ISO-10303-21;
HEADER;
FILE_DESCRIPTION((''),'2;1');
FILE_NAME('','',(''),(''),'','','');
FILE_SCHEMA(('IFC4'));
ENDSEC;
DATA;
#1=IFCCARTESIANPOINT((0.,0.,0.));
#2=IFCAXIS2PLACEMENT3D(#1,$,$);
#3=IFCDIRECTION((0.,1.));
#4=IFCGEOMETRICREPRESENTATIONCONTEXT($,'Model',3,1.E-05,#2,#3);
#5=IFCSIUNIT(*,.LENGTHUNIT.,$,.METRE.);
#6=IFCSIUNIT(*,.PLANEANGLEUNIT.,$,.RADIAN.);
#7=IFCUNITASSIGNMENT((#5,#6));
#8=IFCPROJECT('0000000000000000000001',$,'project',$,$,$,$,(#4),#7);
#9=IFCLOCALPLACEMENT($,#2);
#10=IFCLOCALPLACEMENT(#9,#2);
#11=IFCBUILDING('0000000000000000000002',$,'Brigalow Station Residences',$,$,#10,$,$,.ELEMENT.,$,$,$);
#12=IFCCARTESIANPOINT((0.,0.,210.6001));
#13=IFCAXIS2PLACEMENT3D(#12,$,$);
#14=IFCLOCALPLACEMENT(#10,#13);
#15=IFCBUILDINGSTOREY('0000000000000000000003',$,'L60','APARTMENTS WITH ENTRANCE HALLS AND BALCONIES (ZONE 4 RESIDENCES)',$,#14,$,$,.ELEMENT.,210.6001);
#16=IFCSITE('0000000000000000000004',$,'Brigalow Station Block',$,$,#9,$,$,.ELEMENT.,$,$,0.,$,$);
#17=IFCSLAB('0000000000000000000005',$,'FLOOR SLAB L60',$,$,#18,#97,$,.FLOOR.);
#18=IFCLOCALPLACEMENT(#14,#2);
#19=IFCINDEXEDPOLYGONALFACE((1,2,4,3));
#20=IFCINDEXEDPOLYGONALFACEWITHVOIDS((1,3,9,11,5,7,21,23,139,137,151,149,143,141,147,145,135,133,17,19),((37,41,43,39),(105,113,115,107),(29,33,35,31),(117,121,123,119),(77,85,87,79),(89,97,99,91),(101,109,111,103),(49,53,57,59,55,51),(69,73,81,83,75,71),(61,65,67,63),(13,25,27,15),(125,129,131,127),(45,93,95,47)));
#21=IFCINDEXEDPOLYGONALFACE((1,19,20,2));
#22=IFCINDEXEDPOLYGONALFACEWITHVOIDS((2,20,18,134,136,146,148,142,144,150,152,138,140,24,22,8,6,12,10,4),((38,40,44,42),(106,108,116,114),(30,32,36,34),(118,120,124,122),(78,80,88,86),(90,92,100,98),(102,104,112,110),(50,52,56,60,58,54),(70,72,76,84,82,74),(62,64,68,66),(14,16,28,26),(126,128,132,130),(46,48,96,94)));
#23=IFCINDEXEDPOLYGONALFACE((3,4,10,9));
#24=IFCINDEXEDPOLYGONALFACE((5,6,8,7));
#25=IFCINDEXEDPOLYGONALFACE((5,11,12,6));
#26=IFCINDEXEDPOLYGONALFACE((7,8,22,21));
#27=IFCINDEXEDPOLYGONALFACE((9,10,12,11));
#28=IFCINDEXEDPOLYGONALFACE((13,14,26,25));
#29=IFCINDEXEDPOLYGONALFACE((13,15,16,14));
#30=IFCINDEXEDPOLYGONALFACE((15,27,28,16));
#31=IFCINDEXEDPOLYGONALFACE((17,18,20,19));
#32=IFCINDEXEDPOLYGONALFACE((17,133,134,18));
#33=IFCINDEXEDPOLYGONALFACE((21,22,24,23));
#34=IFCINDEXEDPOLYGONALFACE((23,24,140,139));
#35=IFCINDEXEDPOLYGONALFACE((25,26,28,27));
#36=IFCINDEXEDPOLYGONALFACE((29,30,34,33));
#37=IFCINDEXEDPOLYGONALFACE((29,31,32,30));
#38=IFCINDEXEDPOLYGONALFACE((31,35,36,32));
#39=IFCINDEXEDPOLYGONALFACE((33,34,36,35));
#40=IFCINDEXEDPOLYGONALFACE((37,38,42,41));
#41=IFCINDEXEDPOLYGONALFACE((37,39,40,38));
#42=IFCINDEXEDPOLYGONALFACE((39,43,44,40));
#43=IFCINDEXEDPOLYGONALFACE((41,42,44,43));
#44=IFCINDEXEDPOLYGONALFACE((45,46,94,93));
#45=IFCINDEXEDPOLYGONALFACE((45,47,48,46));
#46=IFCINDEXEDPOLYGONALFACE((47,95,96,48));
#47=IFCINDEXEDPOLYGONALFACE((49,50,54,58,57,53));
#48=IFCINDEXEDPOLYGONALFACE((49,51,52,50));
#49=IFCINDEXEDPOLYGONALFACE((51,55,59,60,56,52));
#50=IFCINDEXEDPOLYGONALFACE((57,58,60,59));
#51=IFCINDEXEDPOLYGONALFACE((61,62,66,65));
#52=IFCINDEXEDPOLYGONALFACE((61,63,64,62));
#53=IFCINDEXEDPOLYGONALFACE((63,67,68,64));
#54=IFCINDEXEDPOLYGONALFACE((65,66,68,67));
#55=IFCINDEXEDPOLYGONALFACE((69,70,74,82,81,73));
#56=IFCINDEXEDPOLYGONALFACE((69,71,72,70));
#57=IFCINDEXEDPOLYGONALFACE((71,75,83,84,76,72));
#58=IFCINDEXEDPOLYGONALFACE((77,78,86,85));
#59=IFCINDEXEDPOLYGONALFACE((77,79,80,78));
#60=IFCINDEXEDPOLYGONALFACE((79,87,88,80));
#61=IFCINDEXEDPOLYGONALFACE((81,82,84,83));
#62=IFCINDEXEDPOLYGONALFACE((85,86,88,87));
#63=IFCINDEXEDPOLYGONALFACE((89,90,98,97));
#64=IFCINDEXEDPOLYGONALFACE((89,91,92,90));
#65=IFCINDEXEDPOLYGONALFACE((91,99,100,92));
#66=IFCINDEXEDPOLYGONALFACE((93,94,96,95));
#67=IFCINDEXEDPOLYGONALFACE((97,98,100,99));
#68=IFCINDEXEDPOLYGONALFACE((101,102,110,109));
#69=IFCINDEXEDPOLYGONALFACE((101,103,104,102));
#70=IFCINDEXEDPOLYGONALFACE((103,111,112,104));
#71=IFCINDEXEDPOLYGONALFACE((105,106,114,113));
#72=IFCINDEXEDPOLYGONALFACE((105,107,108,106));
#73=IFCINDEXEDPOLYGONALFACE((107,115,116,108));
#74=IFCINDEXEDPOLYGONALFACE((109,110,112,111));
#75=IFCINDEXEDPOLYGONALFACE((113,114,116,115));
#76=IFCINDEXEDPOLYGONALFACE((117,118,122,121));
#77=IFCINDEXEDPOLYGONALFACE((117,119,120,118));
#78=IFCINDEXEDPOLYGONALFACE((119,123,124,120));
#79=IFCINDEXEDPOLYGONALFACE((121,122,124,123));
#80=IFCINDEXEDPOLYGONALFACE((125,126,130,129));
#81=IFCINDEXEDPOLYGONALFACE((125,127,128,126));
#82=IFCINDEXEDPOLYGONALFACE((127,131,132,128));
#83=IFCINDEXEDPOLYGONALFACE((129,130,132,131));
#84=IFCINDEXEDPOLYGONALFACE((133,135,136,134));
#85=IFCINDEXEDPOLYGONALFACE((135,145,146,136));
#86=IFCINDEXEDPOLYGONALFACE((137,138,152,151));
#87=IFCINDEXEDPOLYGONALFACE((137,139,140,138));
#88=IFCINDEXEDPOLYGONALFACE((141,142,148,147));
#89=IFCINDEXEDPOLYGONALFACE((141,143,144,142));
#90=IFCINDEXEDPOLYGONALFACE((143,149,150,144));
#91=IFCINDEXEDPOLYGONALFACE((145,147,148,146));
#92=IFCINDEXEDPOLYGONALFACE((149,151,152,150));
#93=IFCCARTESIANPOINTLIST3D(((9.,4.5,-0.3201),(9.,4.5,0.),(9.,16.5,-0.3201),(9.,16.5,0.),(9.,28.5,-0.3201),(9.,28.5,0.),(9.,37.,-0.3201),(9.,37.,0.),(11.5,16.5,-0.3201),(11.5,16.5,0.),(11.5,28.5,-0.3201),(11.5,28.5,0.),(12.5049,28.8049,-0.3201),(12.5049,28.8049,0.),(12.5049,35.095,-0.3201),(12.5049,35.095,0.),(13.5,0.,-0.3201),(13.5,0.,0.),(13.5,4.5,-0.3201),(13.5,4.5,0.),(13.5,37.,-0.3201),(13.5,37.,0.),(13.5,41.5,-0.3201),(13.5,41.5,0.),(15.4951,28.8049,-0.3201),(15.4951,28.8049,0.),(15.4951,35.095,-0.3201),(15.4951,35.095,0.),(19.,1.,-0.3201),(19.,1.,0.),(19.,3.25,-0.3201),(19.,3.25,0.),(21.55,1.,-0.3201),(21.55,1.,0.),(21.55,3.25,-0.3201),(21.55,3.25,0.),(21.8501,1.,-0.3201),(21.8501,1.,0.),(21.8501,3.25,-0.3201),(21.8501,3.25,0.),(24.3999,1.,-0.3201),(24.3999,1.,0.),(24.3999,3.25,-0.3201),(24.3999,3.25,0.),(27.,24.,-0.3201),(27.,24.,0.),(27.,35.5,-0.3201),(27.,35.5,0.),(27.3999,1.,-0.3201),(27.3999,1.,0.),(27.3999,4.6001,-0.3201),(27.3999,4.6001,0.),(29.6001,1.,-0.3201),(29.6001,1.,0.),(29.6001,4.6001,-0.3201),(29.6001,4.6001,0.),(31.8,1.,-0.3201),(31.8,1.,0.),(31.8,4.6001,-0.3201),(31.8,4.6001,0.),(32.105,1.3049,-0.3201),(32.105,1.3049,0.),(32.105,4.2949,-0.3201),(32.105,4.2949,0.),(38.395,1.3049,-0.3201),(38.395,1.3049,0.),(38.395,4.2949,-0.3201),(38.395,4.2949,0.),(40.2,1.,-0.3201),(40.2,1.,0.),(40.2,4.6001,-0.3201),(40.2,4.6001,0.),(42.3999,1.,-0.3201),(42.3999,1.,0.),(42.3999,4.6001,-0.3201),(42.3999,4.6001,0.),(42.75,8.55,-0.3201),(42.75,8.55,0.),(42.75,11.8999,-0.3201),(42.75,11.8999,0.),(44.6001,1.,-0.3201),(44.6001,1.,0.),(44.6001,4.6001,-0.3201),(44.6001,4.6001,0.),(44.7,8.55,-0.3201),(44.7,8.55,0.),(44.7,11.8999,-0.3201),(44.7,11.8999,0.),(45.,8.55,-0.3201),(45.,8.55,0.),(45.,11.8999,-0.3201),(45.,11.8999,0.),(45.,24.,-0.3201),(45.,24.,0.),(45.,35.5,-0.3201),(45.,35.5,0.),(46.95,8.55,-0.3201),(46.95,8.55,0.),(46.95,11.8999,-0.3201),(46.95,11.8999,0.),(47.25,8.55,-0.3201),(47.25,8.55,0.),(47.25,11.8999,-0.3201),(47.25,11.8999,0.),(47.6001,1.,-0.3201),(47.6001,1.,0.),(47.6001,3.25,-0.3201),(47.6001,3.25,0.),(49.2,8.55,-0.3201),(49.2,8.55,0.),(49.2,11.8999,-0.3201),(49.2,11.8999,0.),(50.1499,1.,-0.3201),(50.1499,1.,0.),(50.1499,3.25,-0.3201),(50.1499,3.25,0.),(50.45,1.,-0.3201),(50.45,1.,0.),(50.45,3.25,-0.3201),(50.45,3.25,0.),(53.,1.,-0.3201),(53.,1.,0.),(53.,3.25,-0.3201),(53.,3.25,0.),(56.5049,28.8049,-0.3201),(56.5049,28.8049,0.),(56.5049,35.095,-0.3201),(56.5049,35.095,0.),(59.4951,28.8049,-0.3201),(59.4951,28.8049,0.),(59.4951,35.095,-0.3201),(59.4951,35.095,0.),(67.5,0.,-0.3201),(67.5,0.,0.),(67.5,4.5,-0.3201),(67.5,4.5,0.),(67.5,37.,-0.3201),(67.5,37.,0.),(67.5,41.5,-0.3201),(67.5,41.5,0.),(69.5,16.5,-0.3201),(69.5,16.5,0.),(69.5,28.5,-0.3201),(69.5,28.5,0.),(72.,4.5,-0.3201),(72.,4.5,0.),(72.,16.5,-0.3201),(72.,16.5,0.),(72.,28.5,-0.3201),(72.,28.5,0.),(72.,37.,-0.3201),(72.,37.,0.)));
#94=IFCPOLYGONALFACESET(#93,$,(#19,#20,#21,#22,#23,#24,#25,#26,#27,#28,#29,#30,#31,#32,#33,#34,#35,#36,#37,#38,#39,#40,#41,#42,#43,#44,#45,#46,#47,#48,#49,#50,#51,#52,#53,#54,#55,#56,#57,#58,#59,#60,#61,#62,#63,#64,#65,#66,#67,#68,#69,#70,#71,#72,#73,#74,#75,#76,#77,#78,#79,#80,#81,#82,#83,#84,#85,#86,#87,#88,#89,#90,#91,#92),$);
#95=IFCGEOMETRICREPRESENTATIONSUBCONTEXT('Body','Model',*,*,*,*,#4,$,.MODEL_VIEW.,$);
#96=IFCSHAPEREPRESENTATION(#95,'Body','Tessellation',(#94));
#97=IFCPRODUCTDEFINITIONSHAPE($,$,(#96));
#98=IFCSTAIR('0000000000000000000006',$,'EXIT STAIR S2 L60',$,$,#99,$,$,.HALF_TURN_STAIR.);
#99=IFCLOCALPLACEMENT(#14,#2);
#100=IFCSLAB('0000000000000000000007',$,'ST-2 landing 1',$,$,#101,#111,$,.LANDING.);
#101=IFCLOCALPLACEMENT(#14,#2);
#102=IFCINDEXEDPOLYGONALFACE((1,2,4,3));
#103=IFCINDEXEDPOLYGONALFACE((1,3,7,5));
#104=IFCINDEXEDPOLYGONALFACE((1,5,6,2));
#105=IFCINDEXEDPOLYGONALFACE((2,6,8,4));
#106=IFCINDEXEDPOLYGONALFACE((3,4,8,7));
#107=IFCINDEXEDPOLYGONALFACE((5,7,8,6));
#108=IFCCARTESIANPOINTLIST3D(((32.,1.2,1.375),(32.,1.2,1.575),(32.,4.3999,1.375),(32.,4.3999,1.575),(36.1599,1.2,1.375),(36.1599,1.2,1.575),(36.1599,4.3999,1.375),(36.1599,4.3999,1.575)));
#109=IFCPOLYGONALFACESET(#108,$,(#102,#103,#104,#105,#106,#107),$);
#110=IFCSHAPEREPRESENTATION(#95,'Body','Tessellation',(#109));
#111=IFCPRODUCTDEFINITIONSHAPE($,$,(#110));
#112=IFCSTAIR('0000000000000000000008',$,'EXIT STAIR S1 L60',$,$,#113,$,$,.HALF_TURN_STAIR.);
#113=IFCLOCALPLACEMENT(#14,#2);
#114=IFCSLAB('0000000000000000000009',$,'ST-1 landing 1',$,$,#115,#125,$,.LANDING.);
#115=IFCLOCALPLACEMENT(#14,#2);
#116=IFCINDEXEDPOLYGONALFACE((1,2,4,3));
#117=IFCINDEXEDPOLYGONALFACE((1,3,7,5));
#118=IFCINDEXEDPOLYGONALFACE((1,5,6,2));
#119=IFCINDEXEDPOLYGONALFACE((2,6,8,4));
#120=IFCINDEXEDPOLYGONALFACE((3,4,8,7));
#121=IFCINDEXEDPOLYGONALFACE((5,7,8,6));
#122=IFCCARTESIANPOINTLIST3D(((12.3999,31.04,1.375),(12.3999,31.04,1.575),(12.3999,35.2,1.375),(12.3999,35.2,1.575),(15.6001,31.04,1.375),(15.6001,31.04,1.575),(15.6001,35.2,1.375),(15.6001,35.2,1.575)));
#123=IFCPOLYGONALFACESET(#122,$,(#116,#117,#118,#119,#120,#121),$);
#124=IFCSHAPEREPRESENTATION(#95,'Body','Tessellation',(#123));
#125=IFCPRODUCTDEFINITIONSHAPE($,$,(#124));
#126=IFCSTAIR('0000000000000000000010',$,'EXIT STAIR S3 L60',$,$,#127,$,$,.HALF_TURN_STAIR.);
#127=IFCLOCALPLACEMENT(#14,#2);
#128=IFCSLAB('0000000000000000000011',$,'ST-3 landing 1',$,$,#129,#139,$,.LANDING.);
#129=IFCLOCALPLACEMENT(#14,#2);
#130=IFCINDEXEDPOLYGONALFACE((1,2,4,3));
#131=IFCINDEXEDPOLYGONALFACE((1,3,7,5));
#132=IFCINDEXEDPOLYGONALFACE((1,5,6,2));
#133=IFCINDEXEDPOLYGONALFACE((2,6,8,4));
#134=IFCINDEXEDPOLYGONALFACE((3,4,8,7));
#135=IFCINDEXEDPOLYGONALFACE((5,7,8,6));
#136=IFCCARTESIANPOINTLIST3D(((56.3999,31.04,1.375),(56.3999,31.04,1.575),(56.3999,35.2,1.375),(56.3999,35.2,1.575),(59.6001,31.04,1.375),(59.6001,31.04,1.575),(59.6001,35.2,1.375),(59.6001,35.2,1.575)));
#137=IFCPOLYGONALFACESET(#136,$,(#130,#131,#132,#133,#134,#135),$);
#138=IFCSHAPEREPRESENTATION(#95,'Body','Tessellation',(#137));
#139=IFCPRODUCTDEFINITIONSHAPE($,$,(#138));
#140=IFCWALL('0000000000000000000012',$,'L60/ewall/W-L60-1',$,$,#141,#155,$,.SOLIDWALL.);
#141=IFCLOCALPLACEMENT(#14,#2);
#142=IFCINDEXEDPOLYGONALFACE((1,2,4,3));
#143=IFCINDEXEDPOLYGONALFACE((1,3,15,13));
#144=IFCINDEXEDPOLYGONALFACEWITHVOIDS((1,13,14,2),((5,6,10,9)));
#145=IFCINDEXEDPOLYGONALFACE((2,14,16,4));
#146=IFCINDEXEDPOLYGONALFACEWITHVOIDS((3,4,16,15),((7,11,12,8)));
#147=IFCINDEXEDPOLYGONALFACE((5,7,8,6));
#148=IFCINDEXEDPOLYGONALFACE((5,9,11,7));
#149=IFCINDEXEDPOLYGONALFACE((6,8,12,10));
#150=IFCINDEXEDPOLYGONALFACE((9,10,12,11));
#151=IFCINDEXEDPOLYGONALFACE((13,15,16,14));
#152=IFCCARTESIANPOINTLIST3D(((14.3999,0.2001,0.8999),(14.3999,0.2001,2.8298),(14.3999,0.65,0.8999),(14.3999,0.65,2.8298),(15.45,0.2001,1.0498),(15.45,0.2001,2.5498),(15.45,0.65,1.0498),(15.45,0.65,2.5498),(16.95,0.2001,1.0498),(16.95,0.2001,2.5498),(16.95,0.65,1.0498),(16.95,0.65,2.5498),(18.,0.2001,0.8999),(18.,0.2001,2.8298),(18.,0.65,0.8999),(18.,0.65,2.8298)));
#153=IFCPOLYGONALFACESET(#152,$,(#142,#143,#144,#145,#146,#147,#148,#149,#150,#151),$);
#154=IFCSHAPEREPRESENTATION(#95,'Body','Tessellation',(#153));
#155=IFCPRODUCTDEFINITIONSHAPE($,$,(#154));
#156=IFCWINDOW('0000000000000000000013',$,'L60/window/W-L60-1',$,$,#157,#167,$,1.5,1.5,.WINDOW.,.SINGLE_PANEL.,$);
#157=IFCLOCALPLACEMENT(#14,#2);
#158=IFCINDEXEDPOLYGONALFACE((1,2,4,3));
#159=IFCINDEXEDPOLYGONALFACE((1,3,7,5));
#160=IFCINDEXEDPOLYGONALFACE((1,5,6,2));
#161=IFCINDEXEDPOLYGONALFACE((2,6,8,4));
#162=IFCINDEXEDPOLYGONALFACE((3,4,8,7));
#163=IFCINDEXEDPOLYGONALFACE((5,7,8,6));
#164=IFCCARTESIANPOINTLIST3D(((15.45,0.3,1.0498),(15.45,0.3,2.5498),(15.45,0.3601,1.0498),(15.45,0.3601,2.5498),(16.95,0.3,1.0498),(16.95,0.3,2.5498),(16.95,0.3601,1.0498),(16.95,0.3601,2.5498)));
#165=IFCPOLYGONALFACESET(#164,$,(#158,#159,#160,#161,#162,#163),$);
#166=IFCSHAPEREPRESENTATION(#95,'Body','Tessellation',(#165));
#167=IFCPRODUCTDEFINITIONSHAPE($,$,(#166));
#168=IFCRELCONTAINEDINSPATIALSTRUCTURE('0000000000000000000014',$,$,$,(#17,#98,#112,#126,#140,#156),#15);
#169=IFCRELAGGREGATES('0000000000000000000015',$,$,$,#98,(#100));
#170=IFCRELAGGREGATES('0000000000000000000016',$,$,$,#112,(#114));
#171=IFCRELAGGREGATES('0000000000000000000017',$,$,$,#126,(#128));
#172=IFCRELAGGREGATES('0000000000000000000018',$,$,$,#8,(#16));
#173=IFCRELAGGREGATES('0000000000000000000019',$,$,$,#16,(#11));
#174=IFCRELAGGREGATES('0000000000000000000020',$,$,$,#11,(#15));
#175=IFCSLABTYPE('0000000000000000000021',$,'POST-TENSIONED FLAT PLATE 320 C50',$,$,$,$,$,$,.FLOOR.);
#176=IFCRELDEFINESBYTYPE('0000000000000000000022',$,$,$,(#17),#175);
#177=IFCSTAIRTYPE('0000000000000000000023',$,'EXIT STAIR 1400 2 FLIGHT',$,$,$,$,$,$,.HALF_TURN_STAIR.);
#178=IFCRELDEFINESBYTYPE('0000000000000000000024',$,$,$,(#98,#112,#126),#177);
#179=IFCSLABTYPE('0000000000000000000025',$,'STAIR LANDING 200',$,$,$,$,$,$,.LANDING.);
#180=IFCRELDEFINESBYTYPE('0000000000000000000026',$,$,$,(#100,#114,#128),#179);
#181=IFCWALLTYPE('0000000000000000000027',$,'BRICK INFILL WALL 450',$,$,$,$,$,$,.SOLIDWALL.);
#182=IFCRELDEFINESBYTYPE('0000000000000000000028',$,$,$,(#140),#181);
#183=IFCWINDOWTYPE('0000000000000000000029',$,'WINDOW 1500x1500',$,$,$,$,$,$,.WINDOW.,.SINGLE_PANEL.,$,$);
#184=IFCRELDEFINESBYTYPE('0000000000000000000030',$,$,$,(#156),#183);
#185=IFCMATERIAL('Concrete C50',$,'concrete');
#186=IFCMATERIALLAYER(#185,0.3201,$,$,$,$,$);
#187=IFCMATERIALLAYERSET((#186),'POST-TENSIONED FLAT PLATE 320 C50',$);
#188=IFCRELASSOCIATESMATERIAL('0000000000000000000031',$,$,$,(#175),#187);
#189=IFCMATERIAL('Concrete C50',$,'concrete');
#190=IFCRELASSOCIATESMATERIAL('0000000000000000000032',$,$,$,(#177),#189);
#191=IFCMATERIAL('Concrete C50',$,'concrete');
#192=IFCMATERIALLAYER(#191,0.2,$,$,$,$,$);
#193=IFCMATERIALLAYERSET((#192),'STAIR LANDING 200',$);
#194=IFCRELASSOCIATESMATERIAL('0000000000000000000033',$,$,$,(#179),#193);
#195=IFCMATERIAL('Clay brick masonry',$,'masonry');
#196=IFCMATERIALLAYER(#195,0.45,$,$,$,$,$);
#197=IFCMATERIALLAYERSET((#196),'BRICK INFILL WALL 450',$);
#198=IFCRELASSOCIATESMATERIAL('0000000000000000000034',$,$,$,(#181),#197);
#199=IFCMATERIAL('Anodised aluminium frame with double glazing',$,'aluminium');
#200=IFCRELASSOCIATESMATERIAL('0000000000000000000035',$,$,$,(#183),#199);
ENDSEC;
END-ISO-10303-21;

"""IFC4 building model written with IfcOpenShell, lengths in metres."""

from ifc_helpers import new_model, si_unit, direction, frame, frame_2d, origin, place, context, subcontext, project, spatial, polyline, rectangle, outline, extrude, material, layer, layer_set, type_object, element, fill, aggregate, save


model = new_model("IFC4")

# Units and contexts
model_context = context("Model", 3, precision=1e-05, world=origin(), true_north=direction((0.0, 1.0)))
body_context = subcontext(model_context, "Body", "Model", "MODEL_VIEW")
ifc_project = project(units=[si_unit("LENGTHUNIT", "METRE"), si_unit("PLANEANGLEUNIT", "RADIAN")], contexts=[model_context])

# Site, building, storey
site_placement = place(None, origin())
site = spatial("IfcSite", under=ifc_project, at=site_placement, Name="Brigalow Station Block", CompositionType="ELEMENT", RefElevation=0.0)
building_placement = place(site_placement, origin())
building = spatial("IfcBuilding", under=site, at=building_placement, Name="Brigalow Station Residences", CompositionType="ELEMENT")
storey_placement = place(building_placement, frame((0.0, 0.0, 210.6001)))
storey = spatial("IfcBuildingStorey", under=building, at=storey_placement, Name="L60", Description="APARTMENTS WITH ENTRANCE HALLS AND BALCONIES (ZONE 4 RESIDENCES)", CompositionType="ELEMENT", Elevation=210.6001)

# Slab
ifc_material_1 = material(Name="Concrete C50", Category="concrete")
ifc_layer_1 = layer(ifc_material_1, 0.3201)
ifc_layer_set_1 = layer_set([ifc_layer_1], Name="POST-TENSIONED FLAT PLATE 320 C50")
slab_type_1 = type_object("IfcSlabType", Name="POST-TENSIONED FLAT PLATE 320 C50", PredefinedType="FLOOR", material=ifc_layer_set_1)
slab_1_placement = place(storey_placement, frame((0.0, 0.0, -0.3201)))
element("IfcSlab", 1, at=slab_1_placement, inside=storey, type_object=slab_type_1, Name="FLOOR SLAB L60", PredefinedType="FLOOR", context=body_context, shape_type="SweptSolid", body=[
    extrude(outline(polyline([(13.5, 0.0), (67.5, 0.0), (67.5, 4.5), (72.0, 4.5), (72.0, 16.5), (69.5, 16.5), (69.5, 28.5), (72.0, 28.5), (72.0, 37.0), (67.5, 37.0), (67.5, 41.5), (13.5, 41.5), (13.5, 37.0), (9.0, 37.0), (9.0, 28.5), (11.5, 28.5), (11.5, 16.5), (9.0, 16.5), (9.0, 4.5), (13.5, 4.5), (13.5, 0.0)]), holes=[polyline([(12.5049, 35.095), (15.4951, 35.095), (15.4951, 28.8049), (12.5049, 28.8049), (12.5049, 35.095)]), polyline([(19.0, 1.0), (19.0, 3.25), (21.55, 3.25), (21.55, 1.0), (19.0, 1.0)]), polyline([(21.8501, 3.25), (24.3999, 3.25), (24.3999, 1.0), (21.8501, 1.0), (21.8501, 3.25)]), polyline([(27.0, 35.5), (45.0, 35.5), (45.0, 24.0), (27.0, 24.0), (27.0, 35.5)]), polyline([(29.6001, 4.6001), (31.8, 4.6001), (31.8, 1.0), (29.6001, 1.0), (27.3999, 1.0), (27.3999, 4.6001), (29.6001, 4.6001)]), polyline([(32.105, 4.2949), (38.395, 4.2949), (38.395, 1.3049), (32.105, 1.3049), (32.105, 4.2949)]), polyline([(40.2, 4.6001), (42.3999, 4.6001), (44.6001, 4.6001), (44.6001, 1.0), (42.3999, 1.0), (40.2, 1.0), (40.2, 4.6001)]), polyline([(42.75, 11.8999), (44.7, 11.8999), (44.7, 8.55), (42.75, 8.55), (42.75, 11.8999)]), polyline([(45.0, 11.8999), (46.95, 11.8999), (46.95, 8.55), (45.0, 8.55), (45.0, 11.8999)]), polyline([(47.25, 11.8999), (49.2, 11.8999), (49.2, 8.55), (47.25, 8.55), (47.25, 11.8999)]), polyline([(47.6001, 3.25), (50.1499, 3.25), (50.1499, 1.0), (47.6001, 1.0), (47.6001, 3.25)]), polyline([(50.45, 3.25), (53.0, 3.25), (53.0, 1.0), (50.45, 1.0), (50.45, 3.25)]), polyline([(56.5049, 35.095), (59.4951, 35.095), (59.4951, 28.8049), (56.5049, 28.8049), (56.5049, 35.095)])]), origin(), (0.0, 0.0, 1.0), 0.3201),
])

# Stairs, slabs
ifc_material_2 = material(Name="Concrete C50", Category="concrete")
stair_type = type_object("IfcStairType", Name="EXIT STAIR 1400 2 FLIGHT", PredefinedType="HALF_TURN_STAIR", material=ifc_material_2)
stair_1_placement = place(storey_placement, origin())
stair_1 = element("IfcStair", 2, at=stair_1_placement, inside=storey, type_object=stair_type, Name="EXIT STAIR S2 L60", PredefinedType="HALF_TURN_STAIR")
ifc_material_3 = material(Name="Concrete C50", Category="concrete")
ifc_layer_2 = layer(ifc_material_3, 0.2)
ifc_layer_set_2 = layer_set([ifc_layer_2], Name="STAIR LANDING 200")
slab_type_2 = type_object("IfcSlabType", Name="STAIR LANDING 200", PredefinedType="LANDING", material=ifc_layer_set_2)
slab_2_placement = place(storey_placement, frame((0.0, 0.0, 1.375)))
slab_2 = element("IfcSlab", 3, at=slab_2_placement, type_object=slab_type_2, Name="ST-2 landing 1", PredefinedType="LANDING", context=body_context, shape_type="SweptSolid", body=[
    extrude(outline(polyline([(32.0, 1.2), (36.1599, 1.2), (36.1599, 4.3999), (32.0, 4.3999), (32.0, 1.2)])), origin(), (0.0, 0.0, 1.0), 0.2),
])
aggregate(stair_1, [slab_2])
stair_2_placement = place(storey_placement, origin())
stair_2 = element("IfcStair", 4, at=stair_2_placement, inside=storey, type_object=stair_type, Name="EXIT STAIR S1 L60", PredefinedType="HALF_TURN_STAIR")
slab_3_placement = place(storey_placement, frame((0.0, 0.0, 1.375)))
slab_3 = element("IfcSlab", 5, at=slab_3_placement, type_object=slab_type_2, Name="ST-1 landing 1", PredefinedType="LANDING", context=body_context, shape_type="SweptSolid", body=[
    extrude(outline(polyline([(12.3999, 31.04), (15.6001, 31.04), (15.6001, 35.2), (12.3999, 35.2), (12.3999, 31.04)])), origin(), (0.0, 0.0, 1.0), 0.2),
])
aggregate(stair_2, [slab_3])
stair_3_placement = place(storey_placement, origin())
stair_3 = element("IfcStair", 6, at=stair_3_placement, inside=storey, type_object=stair_type, Name="EXIT STAIR S3 L60", PredefinedType="HALF_TURN_STAIR")
slab_4_placement = place(storey_placement, frame((0.0, 0.0, 1.375)))
slab_4 = element("IfcSlab", 7, at=slab_4_placement, type_object=slab_type_2, Name="ST-3 landing 1", PredefinedType="LANDING", context=body_context, shape_type="SweptSolid", body=[
    extrude(outline(polyline([(56.3999, 31.04), (59.6001, 31.04), (59.6001, 35.2), (56.3999, 35.2), (56.3999, 31.04)])), origin(), (0.0, 0.0, 1.0), 0.2),
])
aggregate(stair_3, [slab_4])

# Wall, opening, window
ifc_material_4 = material(Name="Clay brick masonry", Category="masonry")
ifc_layer_3 = layer(ifc_material_4, 0.45)
ifc_layer_set_3 = layer_set([ifc_layer_3], Name="BRICK INFILL WALL 450")
wall_type_1 = type_object("IfcWallType", Name="BRICK INFILL WALL 450", PredefinedType="SOLIDWALL", material=ifc_layer_set_3)
wall_1_placement = place(storey_placement, frame((14.3999, 0.425, 0.8999), z_axis=(0.0, 0.0, 1.0), x_axis=(1.0, 0.0, 0.0)))
wall_1 = element("IfcWall", 8, at=wall_1_placement, inside=storey, type_object=wall_type_1, Name="L60/ewall/W-L60-1", PredefinedType="SOLIDWALL", context=body_context, shape_type="SweptSolid", body=[
    extrude(rectangle(XDim=3.6001, YDim=0.45, at=frame_2d((1.8, 0.0))), origin(), (0.0, 0.0, 1.0), 1.9299),
])
opening_1_placement = place(wall_1_placement, frame((1.05, 0.0, 0.1499)))
opening_1 = element("IfcOpeningElement", 9, at=opening_1_placement, cuts=wall_1, PredefinedType="OPENING", context=body_context, shape_type="SweptSolid", body=[
    extrude(rectangle(XDim=1.5, YDim=1.5, at=frame_2d((0.75, 0.75))), frame((0.0, 0.2349, 0.0), z_axis=(0.0, -1.0, 0.0), x_axis=(1.0, 0.0, 0.0)), (0.0, 0.0, 1.0), 0.47),
])
ifc_material_5 = material(Name="Anodised aluminium frame with double glazing", Category="aluminium")
window_type_1 = type_object("IfcWindowType", Name="WINDOW 1500x1500", PartitioningType="SINGLE_PANEL", PredefinedType="WINDOW", material=ifc_material_5)
window_1_placement = place(opening_1_placement, origin())
window_1 = element("IfcWindow", 10, at=window_1_placement, inside=storey, type_object=window_type_1, Name="L60/window/W-L60-1", OverallHeight=1.5, OverallWidth=1.5, PartitioningType="SINGLE_PANEL", PredefinedType="WINDOW", context=body_context, shape_type="SweptSolid", body=[
    extrude(rectangle(XDim=1.5, YDim=1.5, at=frame_2d((0.75, 0.75))), frame((0.0, -0.0649, 0.0), z_axis=(0.0, -1.0, 0.0), x_axis=(1.0, 0.0, 0.0)), (0.0, 0.0, 1.0), 0.0601),
])
fill(opening_1, window_1)

save(model, "model.ifc")
